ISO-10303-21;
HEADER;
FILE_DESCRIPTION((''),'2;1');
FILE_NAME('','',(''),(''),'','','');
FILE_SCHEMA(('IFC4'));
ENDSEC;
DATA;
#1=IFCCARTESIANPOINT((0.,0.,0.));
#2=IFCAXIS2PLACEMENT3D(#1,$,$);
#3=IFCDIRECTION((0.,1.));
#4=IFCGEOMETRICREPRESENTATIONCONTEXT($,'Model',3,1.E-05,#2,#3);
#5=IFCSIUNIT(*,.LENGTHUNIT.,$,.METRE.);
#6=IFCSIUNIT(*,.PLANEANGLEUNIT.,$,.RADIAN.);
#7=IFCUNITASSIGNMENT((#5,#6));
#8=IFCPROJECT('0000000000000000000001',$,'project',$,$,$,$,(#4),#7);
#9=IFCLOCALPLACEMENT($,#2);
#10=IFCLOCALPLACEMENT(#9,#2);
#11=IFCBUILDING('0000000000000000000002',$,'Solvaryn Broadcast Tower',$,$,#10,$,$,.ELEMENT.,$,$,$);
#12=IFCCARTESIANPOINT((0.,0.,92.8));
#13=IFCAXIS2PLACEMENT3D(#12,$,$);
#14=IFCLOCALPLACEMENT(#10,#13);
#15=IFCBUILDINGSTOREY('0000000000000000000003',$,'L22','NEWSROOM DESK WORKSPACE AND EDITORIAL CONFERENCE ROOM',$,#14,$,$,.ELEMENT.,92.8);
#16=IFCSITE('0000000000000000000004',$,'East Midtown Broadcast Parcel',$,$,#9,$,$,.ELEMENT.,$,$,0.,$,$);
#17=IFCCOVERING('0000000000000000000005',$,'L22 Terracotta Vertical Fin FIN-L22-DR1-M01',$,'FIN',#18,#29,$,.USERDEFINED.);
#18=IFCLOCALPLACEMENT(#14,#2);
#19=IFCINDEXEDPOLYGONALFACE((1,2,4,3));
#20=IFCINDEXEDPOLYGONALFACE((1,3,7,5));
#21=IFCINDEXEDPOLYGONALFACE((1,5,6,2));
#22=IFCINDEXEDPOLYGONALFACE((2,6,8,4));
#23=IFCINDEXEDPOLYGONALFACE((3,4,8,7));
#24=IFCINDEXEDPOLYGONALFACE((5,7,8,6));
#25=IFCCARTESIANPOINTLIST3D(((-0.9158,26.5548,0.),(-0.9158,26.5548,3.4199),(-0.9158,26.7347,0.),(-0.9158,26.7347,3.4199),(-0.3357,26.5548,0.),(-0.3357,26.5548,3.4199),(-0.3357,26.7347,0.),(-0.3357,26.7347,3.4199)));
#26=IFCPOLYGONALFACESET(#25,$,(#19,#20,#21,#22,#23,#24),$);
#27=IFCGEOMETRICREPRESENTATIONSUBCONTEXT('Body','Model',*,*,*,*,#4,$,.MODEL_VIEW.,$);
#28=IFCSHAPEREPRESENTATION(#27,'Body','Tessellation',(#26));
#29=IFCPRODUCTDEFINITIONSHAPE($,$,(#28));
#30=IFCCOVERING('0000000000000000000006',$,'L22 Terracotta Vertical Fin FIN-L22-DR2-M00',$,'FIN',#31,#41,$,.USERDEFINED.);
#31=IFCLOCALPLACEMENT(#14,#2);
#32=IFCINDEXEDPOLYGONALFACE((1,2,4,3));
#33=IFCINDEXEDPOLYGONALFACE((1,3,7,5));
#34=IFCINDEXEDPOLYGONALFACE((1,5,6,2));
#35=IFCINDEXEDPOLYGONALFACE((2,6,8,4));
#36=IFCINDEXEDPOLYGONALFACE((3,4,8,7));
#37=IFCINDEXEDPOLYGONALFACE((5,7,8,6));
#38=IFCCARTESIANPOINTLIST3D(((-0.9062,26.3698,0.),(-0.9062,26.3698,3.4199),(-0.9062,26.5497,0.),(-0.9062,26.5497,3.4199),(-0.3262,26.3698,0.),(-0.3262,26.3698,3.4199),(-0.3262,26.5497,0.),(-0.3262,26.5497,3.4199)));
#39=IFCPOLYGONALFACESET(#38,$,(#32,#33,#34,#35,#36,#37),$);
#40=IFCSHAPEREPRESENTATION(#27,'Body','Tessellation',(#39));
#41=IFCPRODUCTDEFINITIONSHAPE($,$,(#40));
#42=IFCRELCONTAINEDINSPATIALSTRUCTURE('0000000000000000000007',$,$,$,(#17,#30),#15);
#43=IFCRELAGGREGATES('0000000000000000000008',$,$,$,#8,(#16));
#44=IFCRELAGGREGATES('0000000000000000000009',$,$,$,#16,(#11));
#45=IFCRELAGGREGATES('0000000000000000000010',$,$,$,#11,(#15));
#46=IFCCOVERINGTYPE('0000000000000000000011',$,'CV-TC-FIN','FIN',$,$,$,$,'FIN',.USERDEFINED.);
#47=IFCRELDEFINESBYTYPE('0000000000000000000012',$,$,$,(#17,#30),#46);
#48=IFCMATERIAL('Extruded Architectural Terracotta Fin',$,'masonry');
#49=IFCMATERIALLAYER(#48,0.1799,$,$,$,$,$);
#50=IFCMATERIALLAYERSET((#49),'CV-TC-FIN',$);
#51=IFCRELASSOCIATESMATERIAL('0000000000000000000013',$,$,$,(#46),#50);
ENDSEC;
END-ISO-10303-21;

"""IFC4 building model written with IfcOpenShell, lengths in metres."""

from ifc_helpers import new_model, si_unit, direction, frame, origin, origin_2d, place, context, subcontext, project, spatial, rectangle, extrude, material, layer, layer_set, type_object, element, save


model = new_model("IFC4")

# Units and contexts
model_context = context("Model", 3, precision=1e-05, world=origin(), true_north=direction((0.0, 1.0)))
body_context = subcontext(model_context, "Body", "Model", "MODEL_VIEW")
ifc_project = project(units=[si_unit("LENGTHUNIT", "METRE"), si_unit("PLANEANGLEUNIT", "RADIAN")], contexts=[model_context])

# Site, building, storey
site_placement = place(None, origin())
site = spatial("IfcSite", under=ifc_project, at=site_placement, Name="East Midtown Broadcast Parcel", CompositionType="ELEMENT", RefElevation=0.0)
building_placement = place(site_placement, origin())
building = spatial("IfcBuilding", under=site, at=building_placement, Name="Solvaryn Broadcast Tower", CompositionType="ELEMENT")
storey_placement = place(building_placement, frame((0.0, 0.0, 92.8)))
storey = spatial("IfcBuildingStorey", under=building, at=storey_placement, Name="L22", Description="NEWSROOM DESK WORKSPACE AND EDITORIAL CONFERENCE ROOM", CompositionType="ELEMENT", Elevation=92.8)

# Coverings
ifc_material_1 = material(Name="Extruded Architectural Terracotta Fin", Category="masonry")
ifc_layer_1 = layer(ifc_material_1, 0.1799)
ifc_layer_set_1 = layer_set([ifc_layer_1], Name="CV-TC-FIN")
covering_type_1 = type_object("IfcCoveringType", Name="CV-TC-FIN", Description="FIN", ElementType="FIN", PredefinedType="USERDEFINED", material=ifc_layer_set_1)
for number, where, z_axis, x_axis, name in (
    (1, (-0.6257, 26.6448, 0.0), (0.0, 0.0, 1.0), (1.0, 0.0, 0.0), "L22 Terracotta Vertical Fin FIN-L22-DR1-M01"),
    (2, (-0.6162, 26.4597, 0.0), (0.0, 0.0, 1.0), (1.0, 0.0, 0.0), "L22 Terracotta Vertical Fin FIN-L22-DR2-M00"),
):
    element("IfcCovering", number, at=place(storey_placement, frame(where, z_axis=z_axis, x_axis=x_axis)), inside=storey, type_object=covering_type_1, Name=name, ObjectType="FIN", PredefinedType="USERDEFINED", context=body_context, shape_type="SweptSolid", body=[
        extrude(rectangle(XDim=0.5801, YDim=0.1799, at=origin_2d()), origin(), (0.0, 0.0, 1.0), 3.4199),
    ])

save(model, "model.ifc")
